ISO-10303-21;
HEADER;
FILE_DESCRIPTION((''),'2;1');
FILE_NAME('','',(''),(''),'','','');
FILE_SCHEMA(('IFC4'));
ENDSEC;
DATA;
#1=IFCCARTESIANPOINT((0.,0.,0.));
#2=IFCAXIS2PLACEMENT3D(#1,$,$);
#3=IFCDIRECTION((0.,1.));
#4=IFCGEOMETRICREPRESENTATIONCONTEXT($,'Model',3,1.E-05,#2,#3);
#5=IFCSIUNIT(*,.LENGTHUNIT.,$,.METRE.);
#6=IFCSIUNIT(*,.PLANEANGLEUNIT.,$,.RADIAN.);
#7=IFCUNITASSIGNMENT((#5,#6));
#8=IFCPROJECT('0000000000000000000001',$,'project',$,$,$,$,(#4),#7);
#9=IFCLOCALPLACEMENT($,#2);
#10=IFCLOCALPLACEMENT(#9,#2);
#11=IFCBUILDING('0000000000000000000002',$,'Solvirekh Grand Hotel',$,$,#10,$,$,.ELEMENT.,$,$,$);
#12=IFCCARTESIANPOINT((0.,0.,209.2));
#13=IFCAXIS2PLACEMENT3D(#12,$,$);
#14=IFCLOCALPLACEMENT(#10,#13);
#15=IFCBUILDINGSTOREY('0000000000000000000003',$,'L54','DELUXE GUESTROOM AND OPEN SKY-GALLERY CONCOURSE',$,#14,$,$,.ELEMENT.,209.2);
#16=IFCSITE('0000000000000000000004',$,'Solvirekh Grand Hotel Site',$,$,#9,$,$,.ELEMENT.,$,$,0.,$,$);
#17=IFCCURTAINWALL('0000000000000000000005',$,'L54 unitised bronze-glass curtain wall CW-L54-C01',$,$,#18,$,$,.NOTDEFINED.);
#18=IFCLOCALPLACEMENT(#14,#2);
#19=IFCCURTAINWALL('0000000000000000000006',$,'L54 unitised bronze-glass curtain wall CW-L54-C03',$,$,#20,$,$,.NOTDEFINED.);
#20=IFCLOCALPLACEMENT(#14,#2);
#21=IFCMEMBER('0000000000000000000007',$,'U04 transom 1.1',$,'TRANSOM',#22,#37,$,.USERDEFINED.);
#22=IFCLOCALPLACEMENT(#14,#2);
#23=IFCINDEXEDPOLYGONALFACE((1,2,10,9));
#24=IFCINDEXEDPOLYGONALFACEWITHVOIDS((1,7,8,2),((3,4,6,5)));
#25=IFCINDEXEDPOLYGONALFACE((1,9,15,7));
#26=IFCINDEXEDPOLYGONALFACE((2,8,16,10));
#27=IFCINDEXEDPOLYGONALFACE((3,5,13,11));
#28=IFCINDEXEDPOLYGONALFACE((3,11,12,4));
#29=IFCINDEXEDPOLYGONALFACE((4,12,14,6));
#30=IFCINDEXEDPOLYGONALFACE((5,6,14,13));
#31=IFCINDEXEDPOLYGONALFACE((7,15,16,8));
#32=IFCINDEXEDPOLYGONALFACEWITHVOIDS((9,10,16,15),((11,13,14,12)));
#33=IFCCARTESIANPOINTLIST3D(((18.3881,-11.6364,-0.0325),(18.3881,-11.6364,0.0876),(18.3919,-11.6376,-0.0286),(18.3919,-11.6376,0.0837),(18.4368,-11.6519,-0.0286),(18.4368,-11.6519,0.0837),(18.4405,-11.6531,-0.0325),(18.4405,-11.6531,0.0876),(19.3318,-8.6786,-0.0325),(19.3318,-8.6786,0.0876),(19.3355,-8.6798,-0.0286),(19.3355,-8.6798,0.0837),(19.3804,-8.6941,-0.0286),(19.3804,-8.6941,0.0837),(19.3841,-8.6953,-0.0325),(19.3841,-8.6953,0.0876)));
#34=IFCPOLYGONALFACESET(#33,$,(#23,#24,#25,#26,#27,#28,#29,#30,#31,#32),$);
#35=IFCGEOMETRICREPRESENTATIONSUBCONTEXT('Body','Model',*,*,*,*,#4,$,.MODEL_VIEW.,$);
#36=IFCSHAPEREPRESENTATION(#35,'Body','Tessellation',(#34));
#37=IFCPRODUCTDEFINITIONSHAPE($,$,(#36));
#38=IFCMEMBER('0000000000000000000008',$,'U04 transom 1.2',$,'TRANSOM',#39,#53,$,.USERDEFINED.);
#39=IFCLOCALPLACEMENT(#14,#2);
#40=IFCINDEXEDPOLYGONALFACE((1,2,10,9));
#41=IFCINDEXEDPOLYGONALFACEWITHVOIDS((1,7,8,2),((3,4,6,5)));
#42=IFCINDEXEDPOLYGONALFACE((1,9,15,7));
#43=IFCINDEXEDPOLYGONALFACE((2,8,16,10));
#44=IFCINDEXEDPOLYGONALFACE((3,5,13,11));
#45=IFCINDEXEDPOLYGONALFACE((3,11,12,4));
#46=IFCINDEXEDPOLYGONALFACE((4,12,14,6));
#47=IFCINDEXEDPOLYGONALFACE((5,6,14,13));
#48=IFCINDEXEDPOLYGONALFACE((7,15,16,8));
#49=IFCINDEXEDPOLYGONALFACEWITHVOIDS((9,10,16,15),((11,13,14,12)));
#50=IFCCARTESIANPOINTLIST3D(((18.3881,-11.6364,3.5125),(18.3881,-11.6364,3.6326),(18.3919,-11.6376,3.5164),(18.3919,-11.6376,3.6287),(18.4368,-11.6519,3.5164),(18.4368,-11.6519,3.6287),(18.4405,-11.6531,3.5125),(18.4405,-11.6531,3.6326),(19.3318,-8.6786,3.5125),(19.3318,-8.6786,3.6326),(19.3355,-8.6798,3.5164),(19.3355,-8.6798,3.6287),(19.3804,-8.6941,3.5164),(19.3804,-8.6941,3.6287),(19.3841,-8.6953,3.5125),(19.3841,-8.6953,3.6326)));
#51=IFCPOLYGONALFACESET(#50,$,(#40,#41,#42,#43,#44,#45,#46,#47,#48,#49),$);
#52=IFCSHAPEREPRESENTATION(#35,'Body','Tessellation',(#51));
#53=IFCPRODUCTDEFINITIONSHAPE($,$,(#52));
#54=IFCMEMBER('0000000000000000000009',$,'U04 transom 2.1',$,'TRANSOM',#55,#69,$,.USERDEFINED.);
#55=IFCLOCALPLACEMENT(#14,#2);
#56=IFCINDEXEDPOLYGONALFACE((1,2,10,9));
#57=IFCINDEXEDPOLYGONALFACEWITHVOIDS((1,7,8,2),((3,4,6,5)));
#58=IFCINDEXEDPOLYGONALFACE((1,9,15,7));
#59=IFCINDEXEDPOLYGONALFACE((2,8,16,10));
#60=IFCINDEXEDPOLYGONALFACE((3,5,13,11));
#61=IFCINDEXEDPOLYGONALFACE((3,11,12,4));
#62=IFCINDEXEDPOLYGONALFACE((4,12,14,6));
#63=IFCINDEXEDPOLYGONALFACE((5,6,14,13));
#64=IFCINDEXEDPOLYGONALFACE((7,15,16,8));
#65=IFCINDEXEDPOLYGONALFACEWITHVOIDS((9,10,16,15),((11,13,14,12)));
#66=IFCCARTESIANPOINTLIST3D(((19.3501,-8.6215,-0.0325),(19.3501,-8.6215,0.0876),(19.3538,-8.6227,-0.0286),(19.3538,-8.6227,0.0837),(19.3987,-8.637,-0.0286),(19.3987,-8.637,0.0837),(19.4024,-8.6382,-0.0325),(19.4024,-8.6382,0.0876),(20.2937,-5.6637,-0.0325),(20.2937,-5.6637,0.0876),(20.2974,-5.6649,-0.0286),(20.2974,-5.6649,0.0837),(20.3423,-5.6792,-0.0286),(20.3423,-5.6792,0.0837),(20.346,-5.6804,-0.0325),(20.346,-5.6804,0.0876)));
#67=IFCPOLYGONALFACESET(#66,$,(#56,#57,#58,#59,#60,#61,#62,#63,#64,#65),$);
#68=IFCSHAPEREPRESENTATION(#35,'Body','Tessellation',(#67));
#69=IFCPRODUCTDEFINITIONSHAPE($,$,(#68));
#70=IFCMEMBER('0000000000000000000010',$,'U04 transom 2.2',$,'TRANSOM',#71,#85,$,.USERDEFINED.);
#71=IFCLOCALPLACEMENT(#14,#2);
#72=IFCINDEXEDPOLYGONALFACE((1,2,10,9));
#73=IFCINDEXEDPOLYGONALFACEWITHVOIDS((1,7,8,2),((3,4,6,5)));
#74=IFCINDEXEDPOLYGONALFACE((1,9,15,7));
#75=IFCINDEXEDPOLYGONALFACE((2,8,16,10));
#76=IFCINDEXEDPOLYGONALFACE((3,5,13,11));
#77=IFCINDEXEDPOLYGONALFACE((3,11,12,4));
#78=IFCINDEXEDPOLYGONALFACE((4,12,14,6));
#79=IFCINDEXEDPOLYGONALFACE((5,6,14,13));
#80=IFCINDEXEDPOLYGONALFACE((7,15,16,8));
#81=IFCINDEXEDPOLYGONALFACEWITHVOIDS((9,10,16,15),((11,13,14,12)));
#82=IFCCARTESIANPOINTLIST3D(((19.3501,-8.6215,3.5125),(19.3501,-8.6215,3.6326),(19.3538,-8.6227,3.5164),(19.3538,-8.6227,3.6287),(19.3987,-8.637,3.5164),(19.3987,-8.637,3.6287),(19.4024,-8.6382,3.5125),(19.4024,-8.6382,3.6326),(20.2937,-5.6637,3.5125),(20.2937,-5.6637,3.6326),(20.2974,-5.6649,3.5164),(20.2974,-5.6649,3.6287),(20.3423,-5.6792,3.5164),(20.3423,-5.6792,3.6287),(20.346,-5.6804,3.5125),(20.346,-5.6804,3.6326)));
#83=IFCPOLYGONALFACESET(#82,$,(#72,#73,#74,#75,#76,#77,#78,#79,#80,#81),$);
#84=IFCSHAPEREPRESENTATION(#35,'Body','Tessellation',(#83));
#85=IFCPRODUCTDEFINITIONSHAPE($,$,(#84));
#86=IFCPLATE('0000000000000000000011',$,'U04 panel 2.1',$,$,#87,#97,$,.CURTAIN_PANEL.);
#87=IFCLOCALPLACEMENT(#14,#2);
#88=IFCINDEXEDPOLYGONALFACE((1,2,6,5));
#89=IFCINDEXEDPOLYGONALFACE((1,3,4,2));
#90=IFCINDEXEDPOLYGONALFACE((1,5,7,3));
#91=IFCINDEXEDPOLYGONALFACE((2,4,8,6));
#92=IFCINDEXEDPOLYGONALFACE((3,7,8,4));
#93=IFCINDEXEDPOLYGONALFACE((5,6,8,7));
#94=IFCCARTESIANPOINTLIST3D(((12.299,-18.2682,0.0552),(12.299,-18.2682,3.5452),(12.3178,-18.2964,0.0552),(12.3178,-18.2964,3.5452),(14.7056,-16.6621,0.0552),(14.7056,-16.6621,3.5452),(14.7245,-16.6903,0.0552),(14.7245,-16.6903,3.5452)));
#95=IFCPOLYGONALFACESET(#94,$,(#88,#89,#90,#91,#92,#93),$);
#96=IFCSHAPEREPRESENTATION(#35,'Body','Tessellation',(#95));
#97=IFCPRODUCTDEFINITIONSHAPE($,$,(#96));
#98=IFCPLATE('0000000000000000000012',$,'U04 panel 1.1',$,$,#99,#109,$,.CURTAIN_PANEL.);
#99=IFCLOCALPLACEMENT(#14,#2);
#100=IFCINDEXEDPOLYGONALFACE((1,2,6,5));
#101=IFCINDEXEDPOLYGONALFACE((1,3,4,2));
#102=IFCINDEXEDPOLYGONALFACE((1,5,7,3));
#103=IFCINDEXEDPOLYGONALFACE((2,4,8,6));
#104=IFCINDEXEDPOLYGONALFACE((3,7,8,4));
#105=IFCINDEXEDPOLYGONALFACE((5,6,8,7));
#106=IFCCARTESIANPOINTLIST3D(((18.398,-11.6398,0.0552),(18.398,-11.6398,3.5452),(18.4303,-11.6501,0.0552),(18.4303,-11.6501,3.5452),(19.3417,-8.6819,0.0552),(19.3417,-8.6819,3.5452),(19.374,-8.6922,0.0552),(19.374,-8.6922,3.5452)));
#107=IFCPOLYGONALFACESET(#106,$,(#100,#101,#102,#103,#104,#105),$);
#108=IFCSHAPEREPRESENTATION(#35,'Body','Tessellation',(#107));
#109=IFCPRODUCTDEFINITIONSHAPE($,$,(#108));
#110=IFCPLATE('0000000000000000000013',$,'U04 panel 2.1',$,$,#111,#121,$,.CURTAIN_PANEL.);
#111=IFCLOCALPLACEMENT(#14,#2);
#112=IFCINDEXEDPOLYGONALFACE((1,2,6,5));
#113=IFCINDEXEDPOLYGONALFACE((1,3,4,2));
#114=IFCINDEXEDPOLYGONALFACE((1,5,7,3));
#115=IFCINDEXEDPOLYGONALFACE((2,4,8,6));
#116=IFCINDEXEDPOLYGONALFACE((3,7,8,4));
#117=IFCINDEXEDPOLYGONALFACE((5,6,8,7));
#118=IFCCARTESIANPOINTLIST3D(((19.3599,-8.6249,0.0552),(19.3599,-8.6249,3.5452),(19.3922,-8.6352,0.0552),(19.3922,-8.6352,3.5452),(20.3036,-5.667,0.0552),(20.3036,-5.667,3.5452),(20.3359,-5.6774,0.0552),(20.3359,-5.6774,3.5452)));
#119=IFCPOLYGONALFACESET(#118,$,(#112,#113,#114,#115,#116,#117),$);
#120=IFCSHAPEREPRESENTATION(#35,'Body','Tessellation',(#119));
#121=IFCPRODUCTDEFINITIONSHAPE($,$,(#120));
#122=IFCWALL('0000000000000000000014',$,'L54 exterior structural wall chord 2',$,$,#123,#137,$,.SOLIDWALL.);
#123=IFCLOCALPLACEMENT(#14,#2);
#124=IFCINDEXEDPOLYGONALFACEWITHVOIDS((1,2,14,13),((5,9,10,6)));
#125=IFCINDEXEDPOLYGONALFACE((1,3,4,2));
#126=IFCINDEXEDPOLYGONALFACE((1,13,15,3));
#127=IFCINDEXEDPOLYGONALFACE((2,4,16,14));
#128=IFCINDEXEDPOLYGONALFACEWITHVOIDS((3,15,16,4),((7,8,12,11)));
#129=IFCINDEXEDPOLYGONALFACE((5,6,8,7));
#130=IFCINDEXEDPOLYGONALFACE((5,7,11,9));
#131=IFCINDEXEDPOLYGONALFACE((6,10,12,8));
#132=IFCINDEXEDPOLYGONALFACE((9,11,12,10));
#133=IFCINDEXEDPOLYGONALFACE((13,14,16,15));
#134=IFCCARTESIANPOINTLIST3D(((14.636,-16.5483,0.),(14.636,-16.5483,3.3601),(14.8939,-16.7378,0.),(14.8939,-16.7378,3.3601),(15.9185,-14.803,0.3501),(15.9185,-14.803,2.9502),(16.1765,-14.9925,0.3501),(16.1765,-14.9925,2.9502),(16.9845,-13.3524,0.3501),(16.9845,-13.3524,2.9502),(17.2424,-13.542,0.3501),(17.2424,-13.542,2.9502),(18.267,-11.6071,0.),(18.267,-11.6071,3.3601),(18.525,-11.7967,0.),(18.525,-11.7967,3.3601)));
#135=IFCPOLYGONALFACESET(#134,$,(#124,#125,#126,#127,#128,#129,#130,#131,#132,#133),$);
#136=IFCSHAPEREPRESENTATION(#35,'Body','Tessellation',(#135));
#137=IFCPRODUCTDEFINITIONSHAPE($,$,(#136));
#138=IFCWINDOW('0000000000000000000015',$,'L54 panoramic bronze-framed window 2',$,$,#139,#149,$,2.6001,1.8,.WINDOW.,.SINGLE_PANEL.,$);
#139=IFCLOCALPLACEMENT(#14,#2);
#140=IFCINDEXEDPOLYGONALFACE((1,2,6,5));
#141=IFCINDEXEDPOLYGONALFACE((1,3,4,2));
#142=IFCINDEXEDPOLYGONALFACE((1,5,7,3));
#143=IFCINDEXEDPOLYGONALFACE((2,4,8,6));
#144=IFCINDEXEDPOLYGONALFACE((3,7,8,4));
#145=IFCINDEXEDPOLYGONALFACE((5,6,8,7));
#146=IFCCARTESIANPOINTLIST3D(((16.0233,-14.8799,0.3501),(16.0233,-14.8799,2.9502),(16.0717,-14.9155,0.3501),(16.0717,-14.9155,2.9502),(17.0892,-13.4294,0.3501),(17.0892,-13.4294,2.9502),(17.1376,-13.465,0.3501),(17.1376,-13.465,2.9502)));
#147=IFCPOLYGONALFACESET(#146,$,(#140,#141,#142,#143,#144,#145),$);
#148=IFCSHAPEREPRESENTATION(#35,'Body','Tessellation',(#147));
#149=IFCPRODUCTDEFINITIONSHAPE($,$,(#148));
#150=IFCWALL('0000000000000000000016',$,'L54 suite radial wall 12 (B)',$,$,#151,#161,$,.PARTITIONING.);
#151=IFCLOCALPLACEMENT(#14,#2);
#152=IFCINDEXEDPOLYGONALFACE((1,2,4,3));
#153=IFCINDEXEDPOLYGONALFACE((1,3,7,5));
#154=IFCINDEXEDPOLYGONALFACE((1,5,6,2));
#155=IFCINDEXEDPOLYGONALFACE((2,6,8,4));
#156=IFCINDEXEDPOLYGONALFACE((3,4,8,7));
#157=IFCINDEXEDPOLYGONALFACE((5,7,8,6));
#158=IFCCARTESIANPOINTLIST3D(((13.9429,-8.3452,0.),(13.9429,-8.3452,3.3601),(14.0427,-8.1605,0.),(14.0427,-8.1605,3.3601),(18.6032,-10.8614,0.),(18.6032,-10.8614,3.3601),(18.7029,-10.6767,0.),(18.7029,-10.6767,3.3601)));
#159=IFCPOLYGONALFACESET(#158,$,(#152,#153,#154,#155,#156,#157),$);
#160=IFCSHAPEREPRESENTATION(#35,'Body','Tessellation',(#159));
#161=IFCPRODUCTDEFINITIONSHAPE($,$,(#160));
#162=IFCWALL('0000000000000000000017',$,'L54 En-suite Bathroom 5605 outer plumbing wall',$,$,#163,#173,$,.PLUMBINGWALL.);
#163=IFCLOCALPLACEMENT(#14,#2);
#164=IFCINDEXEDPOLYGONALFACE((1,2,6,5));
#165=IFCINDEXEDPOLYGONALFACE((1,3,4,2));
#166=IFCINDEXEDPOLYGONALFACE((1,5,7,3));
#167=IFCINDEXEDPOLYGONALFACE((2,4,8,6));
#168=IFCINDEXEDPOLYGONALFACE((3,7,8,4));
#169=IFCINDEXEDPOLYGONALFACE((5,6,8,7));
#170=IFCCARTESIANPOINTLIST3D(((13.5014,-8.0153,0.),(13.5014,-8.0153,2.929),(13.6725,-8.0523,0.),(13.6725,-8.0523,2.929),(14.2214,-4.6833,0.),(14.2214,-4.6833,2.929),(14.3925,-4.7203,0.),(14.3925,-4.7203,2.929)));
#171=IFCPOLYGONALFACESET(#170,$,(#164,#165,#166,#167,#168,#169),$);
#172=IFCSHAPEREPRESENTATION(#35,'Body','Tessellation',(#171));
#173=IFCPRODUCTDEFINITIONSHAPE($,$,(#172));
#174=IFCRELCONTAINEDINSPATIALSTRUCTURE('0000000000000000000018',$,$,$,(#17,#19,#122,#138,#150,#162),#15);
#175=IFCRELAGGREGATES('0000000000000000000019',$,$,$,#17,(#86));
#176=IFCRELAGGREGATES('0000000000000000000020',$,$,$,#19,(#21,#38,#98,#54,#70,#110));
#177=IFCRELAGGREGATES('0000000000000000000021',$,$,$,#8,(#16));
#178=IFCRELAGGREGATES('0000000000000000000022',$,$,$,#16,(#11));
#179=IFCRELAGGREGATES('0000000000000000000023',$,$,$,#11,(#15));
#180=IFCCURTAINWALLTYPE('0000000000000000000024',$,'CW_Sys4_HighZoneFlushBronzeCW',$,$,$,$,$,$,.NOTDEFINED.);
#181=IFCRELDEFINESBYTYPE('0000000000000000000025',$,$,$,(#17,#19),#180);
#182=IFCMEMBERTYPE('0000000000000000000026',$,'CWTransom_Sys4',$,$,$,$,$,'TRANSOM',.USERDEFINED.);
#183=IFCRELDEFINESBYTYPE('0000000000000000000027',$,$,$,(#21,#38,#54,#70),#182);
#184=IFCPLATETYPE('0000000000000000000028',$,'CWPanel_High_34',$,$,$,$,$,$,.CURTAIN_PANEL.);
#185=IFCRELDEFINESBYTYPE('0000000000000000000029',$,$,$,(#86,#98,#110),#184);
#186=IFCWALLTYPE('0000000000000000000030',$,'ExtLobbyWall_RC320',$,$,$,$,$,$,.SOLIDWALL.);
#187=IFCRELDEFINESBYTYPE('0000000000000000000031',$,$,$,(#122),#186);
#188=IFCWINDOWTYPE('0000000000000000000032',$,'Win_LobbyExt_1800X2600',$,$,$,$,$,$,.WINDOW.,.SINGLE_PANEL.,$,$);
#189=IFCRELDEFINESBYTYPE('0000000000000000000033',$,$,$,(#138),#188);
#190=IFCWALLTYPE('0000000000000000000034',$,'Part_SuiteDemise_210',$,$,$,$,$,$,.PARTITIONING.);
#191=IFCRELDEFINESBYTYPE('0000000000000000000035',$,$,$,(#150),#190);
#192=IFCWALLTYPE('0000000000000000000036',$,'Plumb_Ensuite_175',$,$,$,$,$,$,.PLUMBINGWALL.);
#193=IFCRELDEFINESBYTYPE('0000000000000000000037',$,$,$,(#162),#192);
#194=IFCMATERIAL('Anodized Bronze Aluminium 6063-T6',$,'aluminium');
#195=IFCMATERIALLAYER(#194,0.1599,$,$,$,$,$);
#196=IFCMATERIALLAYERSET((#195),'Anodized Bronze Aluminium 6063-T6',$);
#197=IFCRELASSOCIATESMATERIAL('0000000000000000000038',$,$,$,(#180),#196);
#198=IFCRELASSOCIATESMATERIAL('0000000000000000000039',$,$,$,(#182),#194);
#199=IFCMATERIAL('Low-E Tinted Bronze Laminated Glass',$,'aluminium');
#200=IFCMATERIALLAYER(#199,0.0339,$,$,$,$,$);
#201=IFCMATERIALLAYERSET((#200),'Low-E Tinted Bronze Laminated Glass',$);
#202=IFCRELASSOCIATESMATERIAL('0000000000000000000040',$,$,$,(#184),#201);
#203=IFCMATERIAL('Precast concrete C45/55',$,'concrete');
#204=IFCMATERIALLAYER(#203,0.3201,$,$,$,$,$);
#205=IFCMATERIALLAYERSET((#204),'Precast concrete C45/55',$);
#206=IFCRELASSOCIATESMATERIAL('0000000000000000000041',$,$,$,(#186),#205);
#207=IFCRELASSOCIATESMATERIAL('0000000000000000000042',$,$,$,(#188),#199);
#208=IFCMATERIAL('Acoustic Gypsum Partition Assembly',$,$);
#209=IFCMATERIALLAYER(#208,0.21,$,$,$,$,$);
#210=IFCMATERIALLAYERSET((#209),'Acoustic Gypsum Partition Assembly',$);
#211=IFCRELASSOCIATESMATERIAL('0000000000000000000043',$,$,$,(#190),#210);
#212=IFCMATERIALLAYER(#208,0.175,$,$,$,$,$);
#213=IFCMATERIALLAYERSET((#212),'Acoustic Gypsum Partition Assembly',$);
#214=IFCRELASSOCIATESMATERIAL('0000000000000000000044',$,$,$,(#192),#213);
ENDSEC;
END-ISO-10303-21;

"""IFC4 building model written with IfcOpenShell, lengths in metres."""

from ifc_helpers import new_model, si_unit, direction, frame, frame_2d, origin, origin_2d, place, context, subcontext, project, spatial, rectangle, hollow_rectangle, extrude, source, transform, mapped, material, layer, layer_set, material_profile, profile_set, type_object, element, fill, aggregate, save


model = new_model("IFC4")

# Units and contexts
model_context = context("Model", 3, precision=1e-05, world=origin(), true_north=direction((0.0, 1.0)))
body_context = subcontext(model_context, "Body", "Model", "MODEL_VIEW")
ifc_project = project(units=[si_unit("LENGTHUNIT", "METRE"), si_unit("PLANEANGLEUNIT", "RADIAN")], contexts=[model_context])

# Site, building, storey
site_placement = place(None, origin())
site = spatial("IfcSite", under=ifc_project, at=site_placement, Name="Solvirekh Grand Hotel Site", CompositionType="ELEMENT", RefElevation=0.0)
building_placement = place(site_placement, origin())
building = spatial("IfcBuilding", under=site, at=building_placement, Name="Solvirekh Grand Hotel", CompositionType="ELEMENT")
storey_placement = place(building_placement, frame((0.0, 0.0, 209.2)))
storey = spatial("IfcBuildingStorey", under=building, at=storey_placement, Name="L54", Description="DELUXE GUESTROOM AND OPEN SKY-GALLERY CONCOURSE", CompositionType="ELEMENT", Elevation=209.2)

# Curtain wall
ifc_material_1 = material(Name="Anodized Bronze Aluminium 6063-T6", Category="aluminium")
ifc_layer_1 = layer(ifc_material_1, 0.1599)
ifc_layer_set_1 = layer_set([ifc_layer_1], Name="Anodized Bronze Aluminium 6063-T6")
curtain_wall_type = type_object("IfcCurtainWallType", Name="CW_Sys4_HighZoneFlushBronzeCW", PredefinedType="NOTDEFINED", material=ifc_layer_set_1)
curtain_wall_1_placement = place(storey_placement, origin())
curtain_wall_1 = element("IfcCurtainWall", 1, at=curtain_wall_1_placement, inside=storey, type_object=curtain_wall_type, Name="L54 unitised bronze-glass curtain wall CW-L54-C01", PredefinedType="NOTDEFINED")

# Curtain wall
curtain_wall_2_placement = place(storey_placement, origin())
curtain_wall_2 = element("IfcCurtainWall", 2, at=curtain_wall_2_placement, inside=storey, type_object=curtain_wall_type, Name="L54 unitised bronze-glass curtain wall CW-L54-C03", PredefinedType="NOTDEFINED")

# Members
ifc_material_profile_1 = material_profile(ifc_material_1, hollow_rectangle(XDim=0.0549, YDim=0.1201, WallThickness=0.0039, at=origin_2d()), Name="ALU RHS 120X55X4")
ifc_profile_set_1 = profile_set([ifc_material_profile_1], Name="Anodized Bronze Aluminium 6063-T6")
member_type_1 = type_object("IfcMemberType", Name="CWTransom_Sys4", ElementType="TRANSOM", PredefinedType="USERDEFINED", material=ifc_profile_set_1)
shared_shape_1 = source(origin(), body_context, "Body", "SweptSolid", [
    extrude(hollow_rectangle(XDim=0.0549, YDim=0.1201, WallThickness=0.0039, at=origin_2d()), origin(), (0.0, 0.0, 1.0), 3.1047),
])
member_1_placement = place(storey_placement, frame((18.4143, -11.6448, 0.0276), z_axis=(0.303934, 0.952693, 0.0), x_axis=(-0.952693, 0.303934, 0.0)))
member_1 = element("IfcMember", 3, at=member_1_placement, type_object=member_type_1, Name="U04 transom 1.1", ObjectType="TRANSOM", PredefinedType="USERDEFINED", context=body_context, shape_type="MappedRepresentation", body=[
    mapped(shared_shape_1, transform((0.0, 0.0, 0.0), x_axis=(1.0, 0.0, 0.0), y_axis=(0.0, 1.0, 0.0), z_axis=(0.0, 0.0, 1.0), scale=1.0)),
])
member_2_placement = place(storey_placement, frame((18.4143, -11.6448, 3.5725), z_axis=(0.303934, 0.952693, 0.0), x_axis=(-0.952693, 0.303934, 0.0)))
member_2 = element("IfcMember", 4, at=member_2_placement, type_object=member_type_1, Name="U04 transom 1.2", ObjectType="TRANSOM", PredefinedType="USERDEFINED", context=body_context, shape_type="MappedRepresentation", body=[
    mapped(shared_shape_1, transform((0.0, 0.0, 0.0), x_axis=(1.0, 0.0, 0.0), y_axis=(0.0, 1.0, 0.0), z_axis=(0.0, 0.0, 1.0), scale=1.0)),
])
member_3_placement = place(storey_placement, frame((19.3762, -8.6299, 0.0276), z_axis=(0.303934, 0.952693, 0.0), x_axis=(-0.952693, 0.303934, 0.0)))
member_3 = element("IfcMember", 5, at=member_3_placement, type_object=member_type_1, Name="U04 transom 2.1", ObjectType="TRANSOM", PredefinedType="USERDEFINED", context=body_context, shape_type="MappedRepresentation", body=[
    mapped(shared_shape_1, transform((0.0, 0.0, 0.0), x_axis=(1.0, 0.0, 0.0), y_axis=(0.0, 1.0, 0.0), z_axis=(0.0, 0.0, 1.0), scale=1.0)),
])
member_4_placement = place(storey_placement, frame((19.3762, -8.6299, 3.5725), z_axis=(0.303934, 0.952693, 0.0), x_axis=(-0.952693, 0.303934, 0.0)))
member_4 = element("IfcMember", 6, at=member_4_placement, type_object=member_type_1, Name="U04 transom 2.2", ObjectType="TRANSOM", PredefinedType="USERDEFINED", context=body_context, shape_type="MappedRepresentation", body=[
    mapped(shared_shape_1, transform((0.0, 0.0, 0.0), x_axis=(1.0, 0.0, 0.0), y_axis=(0.0, 1.0, 0.0), z_axis=(0.0, 0.0, 1.0), scale=1.0)),
])

# Plates
ifc_material_2 = material(Name="Low-E Tinted Bronze Laminated Glass", Category="aluminium")
ifc_layer_2 = layer(ifc_material_2, 0.0339)
ifc_layer_set_2 = layer_set([ifc_layer_2], Name="Low-E Tinted Bronze Laminated Glass")
plate_type = type_object("IfcPlateType", Name="CWPanel_High_34", PredefinedType="CURTAIN_PANEL", material=ifc_layer_set_2)
shared_shape_2 = source(origin(), body_context, "Body", "SweptSolid", [
    extrude(rectangle(XDim=2.8933, YDim=0.0339, at=origin_2d()), origin(), (0.0, 0.0, 1.0), 3.49),
])
plate_1_placement = place(storey_placement, frame((13.5117, -17.4792, 0.0552), z_axis=(0.0, 0.0, 1.0), x_axis=(0.831792, 0.555087, 0.0)))
plate_1 = element("IfcPlate", 7, at=plate_1_placement, type_object=plate_type, Name="U04 panel 2.1", PredefinedType="CURTAIN_PANEL", context=body_context, shape_type="MappedRepresentation", body=[
    mapped(shared_shape_2, transform((0.0, 0.0, 0.0), x_axis=(1.0, 0.0, 0.0), y_axis=(0.0, 1.0, 0.0), z_axis=(0.0, 0.0, 1.0), scale=1.0)),
])
aggregate(curtain_wall_1, [plate_1])
shared_shape_3 = source(origin(), body_context, "Body", "SweptSolid", [
    extrude(rectangle(XDim=3.1047, YDim=0.0339, at=origin_2d()), origin(), (0.0, 0.0, 1.0), 3.49),
])
plate_2_placement = place(storey_placement, frame((18.886, -10.166, 0.0552), z_axis=(0.0, 0.0, 1.0), x_axis=(0.303946, 0.952689, 0.0)))
plate_2 = element("IfcPlate", 8, at=plate_2_placement, type_object=plate_type, Name="U04 panel 1.1", PredefinedType="CURTAIN_PANEL", context=body_context, shape_type="MappedRepresentation", body=[
    mapped(shared_shape_3, transform((0.0, 0.0, 0.0), x_axis=(1.0, 0.0, 0.0), y_axis=(0.0, 1.0, 0.0), z_axis=(0.0, 0.0, 1.0), scale=1.0)),
])
plate_3_placement = place(storey_placement, frame((19.8479, -7.1511, 0.0552), z_axis=(0.0, 0.0, 1.0), x_axis=(0.303946, 0.952689, 0.0)))
plate_3 = element("IfcPlate", 9, at=plate_3_placement, type_object=plate_type, Name="U04 panel 2.1", PredefinedType="CURTAIN_PANEL", context=body_context, shape_type="MappedRepresentation", body=[
    mapped(shared_shape_3, transform((0.0, 0.0, 0.0), x_axis=(1.0, 0.0, 0.0), y_axis=(0.0, 1.0, 0.0), z_axis=(0.0, 0.0, 1.0), scale=1.0)),
])
aggregate(curtain_wall_2, [member_1, member_2, plate_2, member_3, member_4, plate_3])

# Wall, opening, window
ifc_material_3 = material(Name="Precast concrete C45/55", Category="concrete")
ifc_layer_3 = layer(ifc_material_3, 0.3201)
ifc_layer_set_3 = layer_set([ifc_layer_3], Name="Precast concrete C45/55")
wall_type_1 = type_object("IfcWallType", Name="ExtLobbyWall_RC320", PredefinedType="SOLIDWALL", material=ifc_layer_set_3)
wall_1_placement = place(storey_placement, frame((18.396, -11.7019, 0.0), z_axis=(0.0, 0.0, 1.0), x_axis=(-0.592168, -0.805815, 0.0)))
wall_1 = element("IfcWall", 10, at=wall_1_placement, inside=storey, type_object=wall_type_1, Name="L54 exterior structural wall chord 2", PredefinedType="SOLIDWALL", context=body_context, shape_type="SweptSolid", body=[
    extrude(rectangle(XDim=6.1318, YDim=0.3201, at=frame_2d((3.0659, 0.0))), origin(), (0.0, 0.0, 1.0), 3.3601),
])
opening_placement = place(wall_1_placement, frame((2.166, 0.0, 0.3501)))
opening = element("IfcOpeningElement", 11, at=opening_placement, cuts=wall_1, PredefinedType="OPENING", context=body_context, shape_type="SweptSolid", body=[
    extrude(rectangle(XDim=1.8, YDim=2.6001, at=frame_2d((0.8999, 1.3))), frame((0.0, 0.1699, 0.0), z_axis=(0.0, -1.0, 0.0), x_axis=(1.0, 0.0, 0.0)), (0.0, 0.0, 1.0), 0.3401),
])
window_type = type_object("IfcWindowType", Name="Win_LobbyExt_1800X2600", PartitioningType="SINGLE_PANEL", PredefinedType="WINDOW", material=ifc_material_2)
window_placement = place(opening_placement, origin())
window = element("IfcWindow", 12, at=window_placement, inside=storey, type_object=window_type, Name="L54 panoramic bronze-framed window 2", OverallHeight=2.6001, OverallWidth=1.8, PartitioningType="SINGLE_PANEL", PredefinedType="WINDOW", context=body_context, shape_type="SweptSolid", body=[
    extrude(rectangle(XDim=1.8, YDim=2.6001, at=frame_2d((0.8999, 1.3))), frame((0.0, 0.03, 0.0), z_axis=(0.0, -1.0, 0.0), x_axis=(1.0, 0.0, 0.0)), (0.0, 0.0, 1.0), 0.0601),
])
fill(opening, window)

# Walls
ifc_material_4 = material(Name="Acoustic Gypsum Partition Assembly")
ifc_layer_4 = layer(ifc_material_4, 0.21)
ifc_layer_set_4 = layer_set([ifc_layer_4], Name="Acoustic Gypsum Partition Assembly")
wall_type_2 = type_object("IfcWallType", Name="Part_SuiteDemise_210", PredefinedType="PARTITIONING", material=ifc_layer_set_4)
wall_2_placement = place(storey_placement, frame((13.9929, -8.2529, 0.0), z_axis=(0.0, 0.0, 1.0), x_axis=(0.879935, -0.475095, 0.0)))
element("IfcWall", 13, at=wall_2_placement, inside=storey, type_object=wall_type_2, Name="L54 suite radial wall 12 (B)", PredefinedType="PARTITIONING", context=body_context, shape_type="SweptSolid", body=[
    extrude(rectangle(XDim=5.2961, YDim=0.21, at=frame_2d((2.6479, 0.0))), origin(), (0.0, 0.0, 1.0), 3.3601),
])
ifc_layer_5 = layer(ifc_material_4, 0.175)
ifc_layer_set_5 = layer_set([ifc_layer_5], Name="Acoustic Gypsum Partition Assembly")
wall_type_3 = type_object("IfcWallType", Name="Plumb_Ensuite_175", PredefinedType="PLUMBINGWALL", material=ifc_layer_set_5)
wall_3_placement = place(storey_placement, frame((13.5869, -8.0339, 0.0), z_axis=(0.0, 0.0, 1.0), x_axis=(0.211201, 0.977443, 0.0)))
element("IfcWall", 14, at=wall_3_placement, inside=storey, type_object=wall_type_3, Name="L54 En-suite Bathroom 5605 outer plumbing wall", PredefinedType="PLUMBINGWALL", context=body_context, shape_type="SweptSolid", body=[
    extrude(rectangle(XDim=3.4089, YDim=0.175, at=frame_2d((1.7046, 0.0))), origin(), (0.0, 0.0, 1.0), 2.929),
])

save(model, "model.ifc")
